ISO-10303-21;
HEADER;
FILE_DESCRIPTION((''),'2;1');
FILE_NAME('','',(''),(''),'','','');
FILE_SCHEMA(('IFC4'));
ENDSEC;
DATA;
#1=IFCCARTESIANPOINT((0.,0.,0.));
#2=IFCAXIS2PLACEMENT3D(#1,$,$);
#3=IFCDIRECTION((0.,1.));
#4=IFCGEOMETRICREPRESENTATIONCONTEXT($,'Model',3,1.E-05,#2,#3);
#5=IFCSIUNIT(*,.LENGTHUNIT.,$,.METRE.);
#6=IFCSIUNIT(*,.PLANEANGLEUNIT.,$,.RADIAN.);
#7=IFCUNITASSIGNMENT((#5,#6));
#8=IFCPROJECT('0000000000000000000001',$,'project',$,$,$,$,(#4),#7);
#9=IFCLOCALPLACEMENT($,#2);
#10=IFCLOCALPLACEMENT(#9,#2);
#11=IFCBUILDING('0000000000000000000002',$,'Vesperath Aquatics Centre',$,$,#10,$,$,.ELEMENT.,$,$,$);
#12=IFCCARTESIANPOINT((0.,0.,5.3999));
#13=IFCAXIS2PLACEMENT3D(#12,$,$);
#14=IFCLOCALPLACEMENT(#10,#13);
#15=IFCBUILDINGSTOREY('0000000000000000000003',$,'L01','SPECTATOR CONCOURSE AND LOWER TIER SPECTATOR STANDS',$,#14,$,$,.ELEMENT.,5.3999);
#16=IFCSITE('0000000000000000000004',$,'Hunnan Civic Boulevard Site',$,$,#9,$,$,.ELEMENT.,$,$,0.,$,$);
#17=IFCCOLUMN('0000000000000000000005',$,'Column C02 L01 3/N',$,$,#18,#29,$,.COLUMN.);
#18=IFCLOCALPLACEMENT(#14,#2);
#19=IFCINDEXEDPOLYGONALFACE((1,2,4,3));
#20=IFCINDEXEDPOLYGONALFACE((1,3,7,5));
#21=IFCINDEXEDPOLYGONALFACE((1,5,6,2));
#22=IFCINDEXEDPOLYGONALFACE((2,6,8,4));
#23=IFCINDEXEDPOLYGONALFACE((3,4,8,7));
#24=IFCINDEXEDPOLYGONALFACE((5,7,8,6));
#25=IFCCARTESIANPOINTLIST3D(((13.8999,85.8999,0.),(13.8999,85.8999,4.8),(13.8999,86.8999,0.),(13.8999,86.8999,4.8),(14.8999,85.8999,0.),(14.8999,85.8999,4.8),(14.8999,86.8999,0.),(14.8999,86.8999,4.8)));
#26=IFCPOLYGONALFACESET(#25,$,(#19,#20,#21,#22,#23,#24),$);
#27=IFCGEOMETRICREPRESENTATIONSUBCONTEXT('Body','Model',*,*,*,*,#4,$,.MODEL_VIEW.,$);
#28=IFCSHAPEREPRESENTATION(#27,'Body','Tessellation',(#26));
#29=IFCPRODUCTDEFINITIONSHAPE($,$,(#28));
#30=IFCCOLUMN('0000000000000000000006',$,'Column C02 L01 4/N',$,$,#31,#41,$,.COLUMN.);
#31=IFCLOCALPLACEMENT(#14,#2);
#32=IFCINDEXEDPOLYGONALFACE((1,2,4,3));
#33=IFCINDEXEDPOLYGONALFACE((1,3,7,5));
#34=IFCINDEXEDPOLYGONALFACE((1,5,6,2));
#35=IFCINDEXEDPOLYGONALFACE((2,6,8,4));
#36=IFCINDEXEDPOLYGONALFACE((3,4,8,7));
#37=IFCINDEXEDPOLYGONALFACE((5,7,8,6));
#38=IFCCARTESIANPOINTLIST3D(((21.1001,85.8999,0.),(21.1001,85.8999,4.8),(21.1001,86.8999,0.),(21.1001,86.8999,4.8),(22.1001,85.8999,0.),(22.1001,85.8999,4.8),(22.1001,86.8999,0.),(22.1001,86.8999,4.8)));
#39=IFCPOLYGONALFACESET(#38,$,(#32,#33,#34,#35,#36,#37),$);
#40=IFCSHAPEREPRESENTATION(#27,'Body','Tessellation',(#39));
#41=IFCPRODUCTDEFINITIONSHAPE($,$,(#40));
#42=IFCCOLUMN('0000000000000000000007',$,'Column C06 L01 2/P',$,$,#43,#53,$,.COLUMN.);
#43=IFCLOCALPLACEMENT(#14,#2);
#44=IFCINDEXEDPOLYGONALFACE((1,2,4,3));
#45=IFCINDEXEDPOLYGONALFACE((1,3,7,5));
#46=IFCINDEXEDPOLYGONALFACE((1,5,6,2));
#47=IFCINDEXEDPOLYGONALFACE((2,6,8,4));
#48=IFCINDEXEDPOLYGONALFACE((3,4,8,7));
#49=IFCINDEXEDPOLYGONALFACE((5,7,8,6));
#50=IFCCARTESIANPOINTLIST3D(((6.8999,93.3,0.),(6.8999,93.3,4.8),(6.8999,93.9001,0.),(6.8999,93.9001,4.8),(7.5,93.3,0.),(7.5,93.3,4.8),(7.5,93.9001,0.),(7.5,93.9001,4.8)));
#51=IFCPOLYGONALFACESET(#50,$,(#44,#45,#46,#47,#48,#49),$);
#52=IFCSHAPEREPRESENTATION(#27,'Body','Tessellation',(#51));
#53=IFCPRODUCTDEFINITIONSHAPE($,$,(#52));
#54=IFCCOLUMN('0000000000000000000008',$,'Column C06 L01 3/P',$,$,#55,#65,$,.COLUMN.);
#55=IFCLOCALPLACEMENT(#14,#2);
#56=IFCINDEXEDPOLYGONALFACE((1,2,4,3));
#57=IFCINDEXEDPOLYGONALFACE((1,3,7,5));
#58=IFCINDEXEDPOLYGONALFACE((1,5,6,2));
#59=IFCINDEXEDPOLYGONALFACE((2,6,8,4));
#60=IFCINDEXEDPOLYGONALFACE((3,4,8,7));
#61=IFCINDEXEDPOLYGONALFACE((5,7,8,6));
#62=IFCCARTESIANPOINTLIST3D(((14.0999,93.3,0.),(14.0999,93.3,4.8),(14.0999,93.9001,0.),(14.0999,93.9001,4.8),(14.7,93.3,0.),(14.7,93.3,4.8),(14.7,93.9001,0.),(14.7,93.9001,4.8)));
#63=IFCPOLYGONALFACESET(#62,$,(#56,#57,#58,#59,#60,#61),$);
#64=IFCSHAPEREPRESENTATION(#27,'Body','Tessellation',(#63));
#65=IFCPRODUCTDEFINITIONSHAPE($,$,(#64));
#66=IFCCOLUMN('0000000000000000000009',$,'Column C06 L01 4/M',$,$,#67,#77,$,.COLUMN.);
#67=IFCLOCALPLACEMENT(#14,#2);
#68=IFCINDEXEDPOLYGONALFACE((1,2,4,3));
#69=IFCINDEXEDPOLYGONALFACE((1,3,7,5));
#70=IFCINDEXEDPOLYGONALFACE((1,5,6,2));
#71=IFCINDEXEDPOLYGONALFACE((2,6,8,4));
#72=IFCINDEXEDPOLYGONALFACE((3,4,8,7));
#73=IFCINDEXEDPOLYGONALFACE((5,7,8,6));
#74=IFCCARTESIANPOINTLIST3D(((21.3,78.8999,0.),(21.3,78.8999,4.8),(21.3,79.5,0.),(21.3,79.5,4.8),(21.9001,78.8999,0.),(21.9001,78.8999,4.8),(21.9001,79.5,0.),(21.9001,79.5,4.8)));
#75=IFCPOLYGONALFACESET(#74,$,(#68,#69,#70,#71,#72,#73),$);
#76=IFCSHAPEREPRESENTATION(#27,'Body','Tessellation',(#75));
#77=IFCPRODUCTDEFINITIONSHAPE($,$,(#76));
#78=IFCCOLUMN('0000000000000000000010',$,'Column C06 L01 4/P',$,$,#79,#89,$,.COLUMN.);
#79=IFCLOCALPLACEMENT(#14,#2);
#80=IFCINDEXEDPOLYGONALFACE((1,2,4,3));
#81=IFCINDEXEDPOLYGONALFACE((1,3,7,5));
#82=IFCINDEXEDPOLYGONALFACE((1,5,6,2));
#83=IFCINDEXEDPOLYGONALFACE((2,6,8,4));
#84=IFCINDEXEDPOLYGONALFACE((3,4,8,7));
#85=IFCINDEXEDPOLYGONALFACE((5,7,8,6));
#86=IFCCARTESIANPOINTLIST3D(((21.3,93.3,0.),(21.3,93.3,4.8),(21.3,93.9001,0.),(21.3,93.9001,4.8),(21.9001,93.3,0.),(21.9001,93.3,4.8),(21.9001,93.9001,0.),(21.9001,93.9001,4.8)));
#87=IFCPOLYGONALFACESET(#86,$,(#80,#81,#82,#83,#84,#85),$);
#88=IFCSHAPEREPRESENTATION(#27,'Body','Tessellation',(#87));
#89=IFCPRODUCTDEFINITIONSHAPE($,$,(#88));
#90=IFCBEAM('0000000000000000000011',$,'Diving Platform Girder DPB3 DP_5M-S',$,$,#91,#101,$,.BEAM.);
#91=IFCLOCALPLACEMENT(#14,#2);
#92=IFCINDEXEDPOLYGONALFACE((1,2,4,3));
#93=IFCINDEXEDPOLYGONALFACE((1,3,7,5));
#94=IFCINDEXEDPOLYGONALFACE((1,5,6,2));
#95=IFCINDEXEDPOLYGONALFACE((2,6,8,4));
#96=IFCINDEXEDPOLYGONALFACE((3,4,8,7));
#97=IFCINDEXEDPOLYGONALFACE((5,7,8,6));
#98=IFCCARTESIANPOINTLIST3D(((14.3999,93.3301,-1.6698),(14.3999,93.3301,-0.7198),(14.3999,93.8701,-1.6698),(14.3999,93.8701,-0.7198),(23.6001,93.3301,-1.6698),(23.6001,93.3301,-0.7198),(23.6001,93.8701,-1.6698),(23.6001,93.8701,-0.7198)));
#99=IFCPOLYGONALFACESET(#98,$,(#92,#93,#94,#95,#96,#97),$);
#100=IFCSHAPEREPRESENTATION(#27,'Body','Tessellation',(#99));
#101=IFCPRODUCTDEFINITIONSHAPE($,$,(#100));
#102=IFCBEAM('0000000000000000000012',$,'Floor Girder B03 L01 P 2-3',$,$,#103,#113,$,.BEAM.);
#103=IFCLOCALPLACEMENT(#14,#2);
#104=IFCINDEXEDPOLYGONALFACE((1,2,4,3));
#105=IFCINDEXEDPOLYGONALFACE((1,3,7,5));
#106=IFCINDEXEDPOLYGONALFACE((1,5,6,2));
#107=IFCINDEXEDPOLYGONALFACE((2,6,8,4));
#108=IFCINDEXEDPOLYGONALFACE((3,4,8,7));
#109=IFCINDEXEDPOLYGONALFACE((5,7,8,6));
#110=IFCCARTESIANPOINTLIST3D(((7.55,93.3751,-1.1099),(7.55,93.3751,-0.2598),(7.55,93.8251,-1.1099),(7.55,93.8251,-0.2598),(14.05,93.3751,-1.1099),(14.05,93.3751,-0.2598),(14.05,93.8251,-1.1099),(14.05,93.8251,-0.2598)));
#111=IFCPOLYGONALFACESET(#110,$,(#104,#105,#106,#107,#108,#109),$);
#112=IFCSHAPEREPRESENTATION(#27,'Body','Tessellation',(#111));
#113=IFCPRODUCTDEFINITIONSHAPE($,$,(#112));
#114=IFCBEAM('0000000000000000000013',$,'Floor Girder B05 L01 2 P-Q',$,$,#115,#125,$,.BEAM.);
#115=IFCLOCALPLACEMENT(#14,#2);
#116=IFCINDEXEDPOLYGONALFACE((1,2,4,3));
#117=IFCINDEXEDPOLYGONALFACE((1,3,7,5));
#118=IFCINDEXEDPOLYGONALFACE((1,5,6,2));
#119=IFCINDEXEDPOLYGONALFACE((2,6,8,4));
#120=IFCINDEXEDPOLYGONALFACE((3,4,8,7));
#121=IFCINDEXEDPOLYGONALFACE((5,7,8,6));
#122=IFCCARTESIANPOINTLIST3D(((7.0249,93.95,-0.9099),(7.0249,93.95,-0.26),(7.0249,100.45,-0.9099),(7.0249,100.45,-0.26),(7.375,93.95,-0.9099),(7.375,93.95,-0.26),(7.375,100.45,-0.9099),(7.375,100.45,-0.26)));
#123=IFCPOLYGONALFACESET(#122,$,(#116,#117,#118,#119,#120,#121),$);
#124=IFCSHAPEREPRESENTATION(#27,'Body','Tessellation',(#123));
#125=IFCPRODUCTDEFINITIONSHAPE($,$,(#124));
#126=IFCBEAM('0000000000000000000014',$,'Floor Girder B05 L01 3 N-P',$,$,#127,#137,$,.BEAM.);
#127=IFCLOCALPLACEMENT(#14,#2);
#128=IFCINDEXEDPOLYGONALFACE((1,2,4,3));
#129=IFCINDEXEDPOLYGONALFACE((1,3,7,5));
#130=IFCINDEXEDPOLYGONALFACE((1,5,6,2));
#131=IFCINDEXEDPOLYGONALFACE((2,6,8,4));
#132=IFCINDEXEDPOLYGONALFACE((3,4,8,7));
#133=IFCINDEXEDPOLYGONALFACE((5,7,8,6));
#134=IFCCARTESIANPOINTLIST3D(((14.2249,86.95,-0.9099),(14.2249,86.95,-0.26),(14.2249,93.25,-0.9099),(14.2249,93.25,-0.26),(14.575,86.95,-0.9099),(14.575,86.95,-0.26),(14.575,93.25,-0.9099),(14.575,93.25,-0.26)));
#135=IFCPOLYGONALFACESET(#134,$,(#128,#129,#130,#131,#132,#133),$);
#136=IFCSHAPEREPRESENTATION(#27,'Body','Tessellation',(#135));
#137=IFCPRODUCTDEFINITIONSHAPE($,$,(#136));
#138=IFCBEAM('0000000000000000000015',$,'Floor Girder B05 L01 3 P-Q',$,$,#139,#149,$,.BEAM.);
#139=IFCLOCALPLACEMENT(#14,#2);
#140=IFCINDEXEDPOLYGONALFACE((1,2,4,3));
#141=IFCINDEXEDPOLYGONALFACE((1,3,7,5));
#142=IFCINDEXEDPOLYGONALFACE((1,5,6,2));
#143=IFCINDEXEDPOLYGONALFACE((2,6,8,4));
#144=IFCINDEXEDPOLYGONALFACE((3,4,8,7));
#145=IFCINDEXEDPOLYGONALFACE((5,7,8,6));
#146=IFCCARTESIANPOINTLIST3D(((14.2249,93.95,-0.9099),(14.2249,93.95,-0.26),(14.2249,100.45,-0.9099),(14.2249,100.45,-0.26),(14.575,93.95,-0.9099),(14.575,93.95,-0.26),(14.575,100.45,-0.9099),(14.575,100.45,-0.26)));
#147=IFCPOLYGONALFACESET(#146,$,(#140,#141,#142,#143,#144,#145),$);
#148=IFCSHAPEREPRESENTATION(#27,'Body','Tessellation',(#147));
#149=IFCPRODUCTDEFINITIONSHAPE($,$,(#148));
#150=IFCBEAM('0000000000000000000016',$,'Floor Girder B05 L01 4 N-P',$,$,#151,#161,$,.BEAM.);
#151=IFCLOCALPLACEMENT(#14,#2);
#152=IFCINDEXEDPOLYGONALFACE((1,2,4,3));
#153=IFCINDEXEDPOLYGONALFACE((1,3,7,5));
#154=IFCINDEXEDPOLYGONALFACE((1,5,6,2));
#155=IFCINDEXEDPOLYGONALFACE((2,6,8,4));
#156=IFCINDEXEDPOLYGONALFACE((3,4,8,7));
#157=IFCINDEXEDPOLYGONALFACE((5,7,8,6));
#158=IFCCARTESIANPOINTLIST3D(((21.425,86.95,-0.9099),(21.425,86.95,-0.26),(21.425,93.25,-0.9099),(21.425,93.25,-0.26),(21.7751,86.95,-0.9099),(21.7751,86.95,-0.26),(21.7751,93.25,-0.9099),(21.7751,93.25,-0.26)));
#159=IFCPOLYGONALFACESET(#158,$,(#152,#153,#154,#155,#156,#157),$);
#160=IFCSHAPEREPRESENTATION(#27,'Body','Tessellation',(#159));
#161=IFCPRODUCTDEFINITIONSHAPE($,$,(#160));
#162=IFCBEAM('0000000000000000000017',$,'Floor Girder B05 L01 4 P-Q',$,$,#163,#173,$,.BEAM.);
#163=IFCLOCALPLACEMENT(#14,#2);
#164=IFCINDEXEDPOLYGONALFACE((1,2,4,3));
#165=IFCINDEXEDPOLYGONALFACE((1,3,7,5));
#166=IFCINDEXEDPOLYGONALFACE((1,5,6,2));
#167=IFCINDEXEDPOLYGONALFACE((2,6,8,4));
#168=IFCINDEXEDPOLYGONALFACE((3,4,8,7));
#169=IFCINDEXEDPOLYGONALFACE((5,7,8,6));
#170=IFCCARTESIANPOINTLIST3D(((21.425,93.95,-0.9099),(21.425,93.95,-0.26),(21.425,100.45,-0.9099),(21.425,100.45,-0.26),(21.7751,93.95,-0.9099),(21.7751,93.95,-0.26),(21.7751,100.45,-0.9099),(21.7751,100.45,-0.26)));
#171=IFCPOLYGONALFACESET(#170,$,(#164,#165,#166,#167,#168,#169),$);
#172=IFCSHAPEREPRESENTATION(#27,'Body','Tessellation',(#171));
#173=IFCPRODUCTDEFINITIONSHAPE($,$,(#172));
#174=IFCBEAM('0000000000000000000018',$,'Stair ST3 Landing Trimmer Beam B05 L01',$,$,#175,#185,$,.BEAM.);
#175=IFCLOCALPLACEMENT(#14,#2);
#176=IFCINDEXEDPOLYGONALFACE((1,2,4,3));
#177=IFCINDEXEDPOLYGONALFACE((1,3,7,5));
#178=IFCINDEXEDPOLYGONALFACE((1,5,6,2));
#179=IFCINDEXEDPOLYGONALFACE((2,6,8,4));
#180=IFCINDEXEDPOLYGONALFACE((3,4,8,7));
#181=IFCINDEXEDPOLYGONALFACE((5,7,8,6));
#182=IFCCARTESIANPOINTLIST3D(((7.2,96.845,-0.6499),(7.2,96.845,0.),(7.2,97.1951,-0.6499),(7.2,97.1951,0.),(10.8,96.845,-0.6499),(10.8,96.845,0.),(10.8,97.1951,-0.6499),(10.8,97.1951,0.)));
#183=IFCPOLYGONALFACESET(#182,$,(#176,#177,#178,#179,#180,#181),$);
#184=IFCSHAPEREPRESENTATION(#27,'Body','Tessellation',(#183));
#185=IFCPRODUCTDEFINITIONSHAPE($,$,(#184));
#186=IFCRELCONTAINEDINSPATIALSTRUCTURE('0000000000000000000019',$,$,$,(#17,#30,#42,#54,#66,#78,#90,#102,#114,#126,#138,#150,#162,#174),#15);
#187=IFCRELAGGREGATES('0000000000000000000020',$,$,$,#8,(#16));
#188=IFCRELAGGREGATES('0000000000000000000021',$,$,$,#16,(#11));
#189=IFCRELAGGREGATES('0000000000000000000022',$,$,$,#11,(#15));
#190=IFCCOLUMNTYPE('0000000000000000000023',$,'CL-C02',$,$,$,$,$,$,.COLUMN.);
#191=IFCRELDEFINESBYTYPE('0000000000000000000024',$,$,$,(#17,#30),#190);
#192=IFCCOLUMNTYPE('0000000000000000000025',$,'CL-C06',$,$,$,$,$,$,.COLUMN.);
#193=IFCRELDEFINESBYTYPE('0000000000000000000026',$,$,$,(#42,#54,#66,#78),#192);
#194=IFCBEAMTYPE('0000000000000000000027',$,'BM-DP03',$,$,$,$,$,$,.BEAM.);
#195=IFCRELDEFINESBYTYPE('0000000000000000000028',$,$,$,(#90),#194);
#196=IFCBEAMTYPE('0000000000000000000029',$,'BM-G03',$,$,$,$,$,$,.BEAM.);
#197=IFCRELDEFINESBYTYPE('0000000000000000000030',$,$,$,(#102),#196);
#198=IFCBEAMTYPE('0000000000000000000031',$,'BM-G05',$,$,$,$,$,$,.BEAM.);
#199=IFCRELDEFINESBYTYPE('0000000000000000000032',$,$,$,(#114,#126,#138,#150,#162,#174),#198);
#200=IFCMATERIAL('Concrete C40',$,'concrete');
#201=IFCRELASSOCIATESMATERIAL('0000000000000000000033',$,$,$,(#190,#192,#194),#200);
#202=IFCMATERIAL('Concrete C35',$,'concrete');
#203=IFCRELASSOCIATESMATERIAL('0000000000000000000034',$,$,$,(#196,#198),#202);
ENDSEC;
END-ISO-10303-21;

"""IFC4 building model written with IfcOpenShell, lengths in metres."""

from ifc_helpers import new_model, si_unit, direction, frame, origin, origin_2d, place, context, subcontext, project, spatial, rectangle, extrude, material, material_profile, profile_set, type_object, element, save


model = new_model("IFC4")

# Units and contexts
model_context = context("Model", 3, precision=1e-05, world=origin(), true_north=direction((0.0, 1.0)))
body_context = subcontext(model_context, "Body", "Model", "MODEL_VIEW")
ifc_project = project(units=[si_unit("LENGTHUNIT", "METRE"), si_unit("PLANEANGLEUNIT", "RADIAN")], contexts=[model_context])

# Site, building, storey
site_placement = place(None, origin())
site = spatial("IfcSite", under=ifc_project, at=site_placement, Name="Hunnan Civic Boulevard Site", CompositionType="ELEMENT", RefElevation=0.0)
building_placement = place(site_placement, origin())
building = spatial("IfcBuilding", under=site, at=building_placement, Name="Vesperath Aquatics Centre", CompositionType="ELEMENT")
storey_placement = place(building_placement, frame((0.0, 0.0, 5.3999)))
storey = spatial("IfcBuildingStorey", under=building, at=storey_placement, Name="L01", Description="SPECTATOR CONCOURSE AND LOWER TIER SPECTATOR STANDS", CompositionType="ELEMENT", Elevation=5.3999)

# Columns
ifc_material_1 = material(Name="Concrete C40", Category="concrete")
ifc_material_profile_1 = material_profile(ifc_material_1, rectangle(XDim=1.0, YDim=1.0, at=origin_2d()), Name="RC 1000x1000")
ifc_profile_set_1 = profile_set([ifc_material_profile_1], Name="Concrete C40")
column_type_1 = type_object("IfcColumnType", Name="CL-C02", PredefinedType="COLUMN", material=ifc_profile_set_1)
for number, where, z_axis, x_axis, name in (
    (1, (14.3999, 86.3999, 0.0), (0.0, 0.0, 1.0), (1.0, 0.0, 0.0), "Column C02 L01 3/N"),
    (2, (21.6001, 86.3999, 0.0), (0.0, 0.0, 1.0), (1.0, 0.0, 0.0), "Column C02 L01 4/N"),
):
    element("IfcColumn", number, at=place(storey_placement, frame(where, z_axis=z_axis, x_axis=x_axis)), inside=storey, type_object=column_type_1, Name=name, PredefinedType="COLUMN", context=body_context, shape_type="SweptSolid", body=[
        extrude(rectangle(XDim=1.0, YDim=1.0, at=origin_2d()), origin(), (0.0, 0.0, 1.0), 4.8),
    ])
ifc_material_profile_2 = material_profile(ifc_material_1, rectangle(XDim=0.6001, YDim=0.6001, at=origin_2d()), Name="RC 600x600")
ifc_profile_set_2 = profile_set([ifc_material_profile_2], Name="Concrete C40")
column_type_2 = type_object("IfcColumnType", Name="CL-C06", PredefinedType="COLUMN", material=ifc_profile_set_2)
for number, where, z_axis, x_axis, name in (
    (3, (7.2, 93.6001, 0.0), (0.0, 0.0, 1.0), (1.0, 0.0, 0.0), "Column C06 L01 2/P"),
    (4, (14.3999, 93.6001, 0.0), (0.0, 0.0, 1.0), (1.0, 0.0, 0.0), "Column C06 L01 3/P"),
    (5, (21.6001, 79.2, 0.0), (0.0, 0.0, 1.0), (1.0, 0.0, 0.0), "Column C06 L01 4/M"),
    (6, (21.6001, 93.6001, 0.0), (0.0, 0.0, 1.0), (1.0, 0.0, 0.0), "Column C06 L01 4/P"),
):
    element("IfcColumn", number, at=place(storey_placement, frame(where, z_axis=z_axis, x_axis=x_axis)), inside=storey, type_object=column_type_2, Name=name, PredefinedType="COLUMN", context=body_context, shape_type="SweptSolid", body=[
        extrude(rectangle(XDim=0.6001, YDim=0.6001, at=origin_2d()), origin(), (0.0, 0.0, 1.0), 4.8),
    ])

# Beams
ifc_material_profile_3 = material_profile(ifc_material_1, rectangle(XDim=0.54, YDim=0.95, at=origin_2d()), Name="RC 540x950")
ifc_profile_set_3 = profile_set([ifc_material_profile_3], Name="Concrete C40")
beam_type_1 = type_object("IfcBeamType", Name="BM-DP03", PredefinedType="BEAM", material=ifc_profile_set_3)
beam_1_placement = place(storey_placement, frame((14.3999, 93.6001, -1.1948), z_axis=(1.0, 0.0, 0.0), x_axis=(0.0, 1.0, 0.0)))
element("IfcBeam", 7, at=beam_1_placement, inside=storey, type_object=beam_type_1, Name="Diving Platform Girder DPB3 DP_5M-S", PredefinedType="BEAM", context=body_context, shape_type="SweptSolid", body=[
    extrude(rectangle(XDim=0.54, YDim=0.95, at=origin_2d()), origin(), (0.0, 0.0, 1.0), 9.2002),
])
ifc_material_2 = material(Name="Concrete C35", Category="concrete")
ifc_material_profile_4 = material_profile(ifc_material_2, rectangle(XDim=0.45, YDim=0.8501, at=origin_2d()), Name="RC 450x850")
ifc_profile_set_4 = profile_set([ifc_material_profile_4], Name="Concrete C35")
beam_type_2 = type_object("IfcBeamType", Name="BM-G03", PredefinedType="BEAM", material=ifc_profile_set_4)
beam_2_placement = place(storey_placement, frame((7.55, 93.6001, -0.6848), z_axis=(1.0, 0.0, 0.0), x_axis=(0.0, 1.0, 0.0)))
element("IfcBeam", 8, at=beam_2_placement, inside=storey, type_object=beam_type_2, Name="Floor Girder B03 L01 P 2-3", PredefinedType="BEAM", context=body_context, shape_type="SweptSolid", body=[
    extrude(rectangle(XDim=0.45, YDim=0.8501, at=origin_2d()), origin(), (0.0, 0.0, 1.0), 6.5),
])
ifc_material_profile_5 = material_profile(ifc_material_2, rectangle(XDim=0.3501, YDim=0.6499, at=origin_2d()), Name="RC 350x650")
ifc_profile_set_5 = profile_set([ifc_material_profile_5], Name="Concrete C35")
beam_type_3 = type_object("IfcBeamType", Name="BM-G05", PredefinedType="BEAM", material=ifc_profile_set_5)
beam_3_placement = place(storey_placement, frame((7.2, 93.95, -0.585), z_axis=(0.0, 1.0, 0.0), x_axis=(-1.0, 0.0, 0.0)))
element("IfcBeam", 9, at=beam_3_placement, inside=storey, type_object=beam_type_3, Name="Floor Girder B05 L01 2 P-Q", PredefinedType="BEAM", context=body_context, shape_type="SweptSolid", body=[
    extrude(rectangle(XDim=0.3501, YDim=0.6499, at=origin_2d()), origin(), (0.0, 0.0, 1.0), 6.5),
])
beam_4_placement = place(storey_placement, frame((14.3999, 86.95, -0.585), z_axis=(0.0, 1.0, 0.0), x_axis=(-1.0, 0.0, 0.0)))
element("IfcBeam", 10, at=beam_4_placement, inside=storey, type_object=beam_type_3, Name="Floor Girder B05 L01 3 N-P", PredefinedType="BEAM", context=body_context, shape_type="SweptSolid", body=[
    extrude(rectangle(XDim=0.3501, YDim=0.6499, at=origin_2d()), origin(), (0.0, 0.0, 1.0), 6.3),
])
beam_5_placement = place(storey_placement, frame((14.3999, 93.95, -0.585), z_axis=(0.0, 1.0, 0.0), x_axis=(-1.0, 0.0, 0.0)))
element("IfcBeam", 11, at=beam_5_placement, inside=storey, type_object=beam_type_3, Name="Floor Girder B05 L01 3 P-Q", PredefinedType="BEAM", context=body_context, shape_type="SweptSolid", body=[
    extrude(rectangle(XDim=0.3501, YDim=0.6499, at=origin_2d()), origin(), (0.0, 0.0, 1.0), 6.5),
])
beam_6_placement = place(storey_placement, frame((21.6001, 86.95, -0.585), z_axis=(0.0, 1.0, 0.0), x_axis=(-1.0, 0.0, 0.0)))
element("IfcBeam", 12, at=beam_6_placement, inside=storey, type_object=beam_type_3, Name="Floor Girder B05 L01 4 N-P", PredefinedType="BEAM", context=body_context, shape_type="SweptSolid", body=[
    extrude(rectangle(XDim=0.3501, YDim=0.6499, at=origin_2d()), origin(), (0.0, 0.0, 1.0), 6.3),
])
beam_7_placement = place(storey_placement, frame((21.6001, 93.95, -0.585), z_axis=(0.0, 1.0, 0.0), x_axis=(-1.0, 0.0, 0.0)))
element("IfcBeam", 13, at=beam_7_placement, inside=storey, type_object=beam_type_3, Name="Floor Girder B05 L01 4 P-Q", PredefinedType="BEAM", context=body_context, shape_type="SweptSolid", body=[
    extrude(rectangle(XDim=0.3501, YDim=0.6499, at=origin_2d()), origin(), (0.0, 0.0, 1.0), 6.5),
])
beam_8_placement = place(storey_placement, frame((7.2, 97.02, -0.325), z_axis=(1.0, 0.0, 0.0), x_axis=(0.0, 1.0, 0.0)))
element("IfcBeam", 14, at=beam_8_placement, inside=storey, type_object=beam_type_3, Name="Stair ST3 Landing Trimmer Beam B05 L01", PredefinedType="BEAM", context=body_context, shape_type="SweptSolid", body=[
    extrude(rectangle(XDim=0.3501, YDim=0.6499, at=origin_2d()), origin(), (0.0, 0.0, 1.0), 3.6001),
])

save(model, "model.ifc")
